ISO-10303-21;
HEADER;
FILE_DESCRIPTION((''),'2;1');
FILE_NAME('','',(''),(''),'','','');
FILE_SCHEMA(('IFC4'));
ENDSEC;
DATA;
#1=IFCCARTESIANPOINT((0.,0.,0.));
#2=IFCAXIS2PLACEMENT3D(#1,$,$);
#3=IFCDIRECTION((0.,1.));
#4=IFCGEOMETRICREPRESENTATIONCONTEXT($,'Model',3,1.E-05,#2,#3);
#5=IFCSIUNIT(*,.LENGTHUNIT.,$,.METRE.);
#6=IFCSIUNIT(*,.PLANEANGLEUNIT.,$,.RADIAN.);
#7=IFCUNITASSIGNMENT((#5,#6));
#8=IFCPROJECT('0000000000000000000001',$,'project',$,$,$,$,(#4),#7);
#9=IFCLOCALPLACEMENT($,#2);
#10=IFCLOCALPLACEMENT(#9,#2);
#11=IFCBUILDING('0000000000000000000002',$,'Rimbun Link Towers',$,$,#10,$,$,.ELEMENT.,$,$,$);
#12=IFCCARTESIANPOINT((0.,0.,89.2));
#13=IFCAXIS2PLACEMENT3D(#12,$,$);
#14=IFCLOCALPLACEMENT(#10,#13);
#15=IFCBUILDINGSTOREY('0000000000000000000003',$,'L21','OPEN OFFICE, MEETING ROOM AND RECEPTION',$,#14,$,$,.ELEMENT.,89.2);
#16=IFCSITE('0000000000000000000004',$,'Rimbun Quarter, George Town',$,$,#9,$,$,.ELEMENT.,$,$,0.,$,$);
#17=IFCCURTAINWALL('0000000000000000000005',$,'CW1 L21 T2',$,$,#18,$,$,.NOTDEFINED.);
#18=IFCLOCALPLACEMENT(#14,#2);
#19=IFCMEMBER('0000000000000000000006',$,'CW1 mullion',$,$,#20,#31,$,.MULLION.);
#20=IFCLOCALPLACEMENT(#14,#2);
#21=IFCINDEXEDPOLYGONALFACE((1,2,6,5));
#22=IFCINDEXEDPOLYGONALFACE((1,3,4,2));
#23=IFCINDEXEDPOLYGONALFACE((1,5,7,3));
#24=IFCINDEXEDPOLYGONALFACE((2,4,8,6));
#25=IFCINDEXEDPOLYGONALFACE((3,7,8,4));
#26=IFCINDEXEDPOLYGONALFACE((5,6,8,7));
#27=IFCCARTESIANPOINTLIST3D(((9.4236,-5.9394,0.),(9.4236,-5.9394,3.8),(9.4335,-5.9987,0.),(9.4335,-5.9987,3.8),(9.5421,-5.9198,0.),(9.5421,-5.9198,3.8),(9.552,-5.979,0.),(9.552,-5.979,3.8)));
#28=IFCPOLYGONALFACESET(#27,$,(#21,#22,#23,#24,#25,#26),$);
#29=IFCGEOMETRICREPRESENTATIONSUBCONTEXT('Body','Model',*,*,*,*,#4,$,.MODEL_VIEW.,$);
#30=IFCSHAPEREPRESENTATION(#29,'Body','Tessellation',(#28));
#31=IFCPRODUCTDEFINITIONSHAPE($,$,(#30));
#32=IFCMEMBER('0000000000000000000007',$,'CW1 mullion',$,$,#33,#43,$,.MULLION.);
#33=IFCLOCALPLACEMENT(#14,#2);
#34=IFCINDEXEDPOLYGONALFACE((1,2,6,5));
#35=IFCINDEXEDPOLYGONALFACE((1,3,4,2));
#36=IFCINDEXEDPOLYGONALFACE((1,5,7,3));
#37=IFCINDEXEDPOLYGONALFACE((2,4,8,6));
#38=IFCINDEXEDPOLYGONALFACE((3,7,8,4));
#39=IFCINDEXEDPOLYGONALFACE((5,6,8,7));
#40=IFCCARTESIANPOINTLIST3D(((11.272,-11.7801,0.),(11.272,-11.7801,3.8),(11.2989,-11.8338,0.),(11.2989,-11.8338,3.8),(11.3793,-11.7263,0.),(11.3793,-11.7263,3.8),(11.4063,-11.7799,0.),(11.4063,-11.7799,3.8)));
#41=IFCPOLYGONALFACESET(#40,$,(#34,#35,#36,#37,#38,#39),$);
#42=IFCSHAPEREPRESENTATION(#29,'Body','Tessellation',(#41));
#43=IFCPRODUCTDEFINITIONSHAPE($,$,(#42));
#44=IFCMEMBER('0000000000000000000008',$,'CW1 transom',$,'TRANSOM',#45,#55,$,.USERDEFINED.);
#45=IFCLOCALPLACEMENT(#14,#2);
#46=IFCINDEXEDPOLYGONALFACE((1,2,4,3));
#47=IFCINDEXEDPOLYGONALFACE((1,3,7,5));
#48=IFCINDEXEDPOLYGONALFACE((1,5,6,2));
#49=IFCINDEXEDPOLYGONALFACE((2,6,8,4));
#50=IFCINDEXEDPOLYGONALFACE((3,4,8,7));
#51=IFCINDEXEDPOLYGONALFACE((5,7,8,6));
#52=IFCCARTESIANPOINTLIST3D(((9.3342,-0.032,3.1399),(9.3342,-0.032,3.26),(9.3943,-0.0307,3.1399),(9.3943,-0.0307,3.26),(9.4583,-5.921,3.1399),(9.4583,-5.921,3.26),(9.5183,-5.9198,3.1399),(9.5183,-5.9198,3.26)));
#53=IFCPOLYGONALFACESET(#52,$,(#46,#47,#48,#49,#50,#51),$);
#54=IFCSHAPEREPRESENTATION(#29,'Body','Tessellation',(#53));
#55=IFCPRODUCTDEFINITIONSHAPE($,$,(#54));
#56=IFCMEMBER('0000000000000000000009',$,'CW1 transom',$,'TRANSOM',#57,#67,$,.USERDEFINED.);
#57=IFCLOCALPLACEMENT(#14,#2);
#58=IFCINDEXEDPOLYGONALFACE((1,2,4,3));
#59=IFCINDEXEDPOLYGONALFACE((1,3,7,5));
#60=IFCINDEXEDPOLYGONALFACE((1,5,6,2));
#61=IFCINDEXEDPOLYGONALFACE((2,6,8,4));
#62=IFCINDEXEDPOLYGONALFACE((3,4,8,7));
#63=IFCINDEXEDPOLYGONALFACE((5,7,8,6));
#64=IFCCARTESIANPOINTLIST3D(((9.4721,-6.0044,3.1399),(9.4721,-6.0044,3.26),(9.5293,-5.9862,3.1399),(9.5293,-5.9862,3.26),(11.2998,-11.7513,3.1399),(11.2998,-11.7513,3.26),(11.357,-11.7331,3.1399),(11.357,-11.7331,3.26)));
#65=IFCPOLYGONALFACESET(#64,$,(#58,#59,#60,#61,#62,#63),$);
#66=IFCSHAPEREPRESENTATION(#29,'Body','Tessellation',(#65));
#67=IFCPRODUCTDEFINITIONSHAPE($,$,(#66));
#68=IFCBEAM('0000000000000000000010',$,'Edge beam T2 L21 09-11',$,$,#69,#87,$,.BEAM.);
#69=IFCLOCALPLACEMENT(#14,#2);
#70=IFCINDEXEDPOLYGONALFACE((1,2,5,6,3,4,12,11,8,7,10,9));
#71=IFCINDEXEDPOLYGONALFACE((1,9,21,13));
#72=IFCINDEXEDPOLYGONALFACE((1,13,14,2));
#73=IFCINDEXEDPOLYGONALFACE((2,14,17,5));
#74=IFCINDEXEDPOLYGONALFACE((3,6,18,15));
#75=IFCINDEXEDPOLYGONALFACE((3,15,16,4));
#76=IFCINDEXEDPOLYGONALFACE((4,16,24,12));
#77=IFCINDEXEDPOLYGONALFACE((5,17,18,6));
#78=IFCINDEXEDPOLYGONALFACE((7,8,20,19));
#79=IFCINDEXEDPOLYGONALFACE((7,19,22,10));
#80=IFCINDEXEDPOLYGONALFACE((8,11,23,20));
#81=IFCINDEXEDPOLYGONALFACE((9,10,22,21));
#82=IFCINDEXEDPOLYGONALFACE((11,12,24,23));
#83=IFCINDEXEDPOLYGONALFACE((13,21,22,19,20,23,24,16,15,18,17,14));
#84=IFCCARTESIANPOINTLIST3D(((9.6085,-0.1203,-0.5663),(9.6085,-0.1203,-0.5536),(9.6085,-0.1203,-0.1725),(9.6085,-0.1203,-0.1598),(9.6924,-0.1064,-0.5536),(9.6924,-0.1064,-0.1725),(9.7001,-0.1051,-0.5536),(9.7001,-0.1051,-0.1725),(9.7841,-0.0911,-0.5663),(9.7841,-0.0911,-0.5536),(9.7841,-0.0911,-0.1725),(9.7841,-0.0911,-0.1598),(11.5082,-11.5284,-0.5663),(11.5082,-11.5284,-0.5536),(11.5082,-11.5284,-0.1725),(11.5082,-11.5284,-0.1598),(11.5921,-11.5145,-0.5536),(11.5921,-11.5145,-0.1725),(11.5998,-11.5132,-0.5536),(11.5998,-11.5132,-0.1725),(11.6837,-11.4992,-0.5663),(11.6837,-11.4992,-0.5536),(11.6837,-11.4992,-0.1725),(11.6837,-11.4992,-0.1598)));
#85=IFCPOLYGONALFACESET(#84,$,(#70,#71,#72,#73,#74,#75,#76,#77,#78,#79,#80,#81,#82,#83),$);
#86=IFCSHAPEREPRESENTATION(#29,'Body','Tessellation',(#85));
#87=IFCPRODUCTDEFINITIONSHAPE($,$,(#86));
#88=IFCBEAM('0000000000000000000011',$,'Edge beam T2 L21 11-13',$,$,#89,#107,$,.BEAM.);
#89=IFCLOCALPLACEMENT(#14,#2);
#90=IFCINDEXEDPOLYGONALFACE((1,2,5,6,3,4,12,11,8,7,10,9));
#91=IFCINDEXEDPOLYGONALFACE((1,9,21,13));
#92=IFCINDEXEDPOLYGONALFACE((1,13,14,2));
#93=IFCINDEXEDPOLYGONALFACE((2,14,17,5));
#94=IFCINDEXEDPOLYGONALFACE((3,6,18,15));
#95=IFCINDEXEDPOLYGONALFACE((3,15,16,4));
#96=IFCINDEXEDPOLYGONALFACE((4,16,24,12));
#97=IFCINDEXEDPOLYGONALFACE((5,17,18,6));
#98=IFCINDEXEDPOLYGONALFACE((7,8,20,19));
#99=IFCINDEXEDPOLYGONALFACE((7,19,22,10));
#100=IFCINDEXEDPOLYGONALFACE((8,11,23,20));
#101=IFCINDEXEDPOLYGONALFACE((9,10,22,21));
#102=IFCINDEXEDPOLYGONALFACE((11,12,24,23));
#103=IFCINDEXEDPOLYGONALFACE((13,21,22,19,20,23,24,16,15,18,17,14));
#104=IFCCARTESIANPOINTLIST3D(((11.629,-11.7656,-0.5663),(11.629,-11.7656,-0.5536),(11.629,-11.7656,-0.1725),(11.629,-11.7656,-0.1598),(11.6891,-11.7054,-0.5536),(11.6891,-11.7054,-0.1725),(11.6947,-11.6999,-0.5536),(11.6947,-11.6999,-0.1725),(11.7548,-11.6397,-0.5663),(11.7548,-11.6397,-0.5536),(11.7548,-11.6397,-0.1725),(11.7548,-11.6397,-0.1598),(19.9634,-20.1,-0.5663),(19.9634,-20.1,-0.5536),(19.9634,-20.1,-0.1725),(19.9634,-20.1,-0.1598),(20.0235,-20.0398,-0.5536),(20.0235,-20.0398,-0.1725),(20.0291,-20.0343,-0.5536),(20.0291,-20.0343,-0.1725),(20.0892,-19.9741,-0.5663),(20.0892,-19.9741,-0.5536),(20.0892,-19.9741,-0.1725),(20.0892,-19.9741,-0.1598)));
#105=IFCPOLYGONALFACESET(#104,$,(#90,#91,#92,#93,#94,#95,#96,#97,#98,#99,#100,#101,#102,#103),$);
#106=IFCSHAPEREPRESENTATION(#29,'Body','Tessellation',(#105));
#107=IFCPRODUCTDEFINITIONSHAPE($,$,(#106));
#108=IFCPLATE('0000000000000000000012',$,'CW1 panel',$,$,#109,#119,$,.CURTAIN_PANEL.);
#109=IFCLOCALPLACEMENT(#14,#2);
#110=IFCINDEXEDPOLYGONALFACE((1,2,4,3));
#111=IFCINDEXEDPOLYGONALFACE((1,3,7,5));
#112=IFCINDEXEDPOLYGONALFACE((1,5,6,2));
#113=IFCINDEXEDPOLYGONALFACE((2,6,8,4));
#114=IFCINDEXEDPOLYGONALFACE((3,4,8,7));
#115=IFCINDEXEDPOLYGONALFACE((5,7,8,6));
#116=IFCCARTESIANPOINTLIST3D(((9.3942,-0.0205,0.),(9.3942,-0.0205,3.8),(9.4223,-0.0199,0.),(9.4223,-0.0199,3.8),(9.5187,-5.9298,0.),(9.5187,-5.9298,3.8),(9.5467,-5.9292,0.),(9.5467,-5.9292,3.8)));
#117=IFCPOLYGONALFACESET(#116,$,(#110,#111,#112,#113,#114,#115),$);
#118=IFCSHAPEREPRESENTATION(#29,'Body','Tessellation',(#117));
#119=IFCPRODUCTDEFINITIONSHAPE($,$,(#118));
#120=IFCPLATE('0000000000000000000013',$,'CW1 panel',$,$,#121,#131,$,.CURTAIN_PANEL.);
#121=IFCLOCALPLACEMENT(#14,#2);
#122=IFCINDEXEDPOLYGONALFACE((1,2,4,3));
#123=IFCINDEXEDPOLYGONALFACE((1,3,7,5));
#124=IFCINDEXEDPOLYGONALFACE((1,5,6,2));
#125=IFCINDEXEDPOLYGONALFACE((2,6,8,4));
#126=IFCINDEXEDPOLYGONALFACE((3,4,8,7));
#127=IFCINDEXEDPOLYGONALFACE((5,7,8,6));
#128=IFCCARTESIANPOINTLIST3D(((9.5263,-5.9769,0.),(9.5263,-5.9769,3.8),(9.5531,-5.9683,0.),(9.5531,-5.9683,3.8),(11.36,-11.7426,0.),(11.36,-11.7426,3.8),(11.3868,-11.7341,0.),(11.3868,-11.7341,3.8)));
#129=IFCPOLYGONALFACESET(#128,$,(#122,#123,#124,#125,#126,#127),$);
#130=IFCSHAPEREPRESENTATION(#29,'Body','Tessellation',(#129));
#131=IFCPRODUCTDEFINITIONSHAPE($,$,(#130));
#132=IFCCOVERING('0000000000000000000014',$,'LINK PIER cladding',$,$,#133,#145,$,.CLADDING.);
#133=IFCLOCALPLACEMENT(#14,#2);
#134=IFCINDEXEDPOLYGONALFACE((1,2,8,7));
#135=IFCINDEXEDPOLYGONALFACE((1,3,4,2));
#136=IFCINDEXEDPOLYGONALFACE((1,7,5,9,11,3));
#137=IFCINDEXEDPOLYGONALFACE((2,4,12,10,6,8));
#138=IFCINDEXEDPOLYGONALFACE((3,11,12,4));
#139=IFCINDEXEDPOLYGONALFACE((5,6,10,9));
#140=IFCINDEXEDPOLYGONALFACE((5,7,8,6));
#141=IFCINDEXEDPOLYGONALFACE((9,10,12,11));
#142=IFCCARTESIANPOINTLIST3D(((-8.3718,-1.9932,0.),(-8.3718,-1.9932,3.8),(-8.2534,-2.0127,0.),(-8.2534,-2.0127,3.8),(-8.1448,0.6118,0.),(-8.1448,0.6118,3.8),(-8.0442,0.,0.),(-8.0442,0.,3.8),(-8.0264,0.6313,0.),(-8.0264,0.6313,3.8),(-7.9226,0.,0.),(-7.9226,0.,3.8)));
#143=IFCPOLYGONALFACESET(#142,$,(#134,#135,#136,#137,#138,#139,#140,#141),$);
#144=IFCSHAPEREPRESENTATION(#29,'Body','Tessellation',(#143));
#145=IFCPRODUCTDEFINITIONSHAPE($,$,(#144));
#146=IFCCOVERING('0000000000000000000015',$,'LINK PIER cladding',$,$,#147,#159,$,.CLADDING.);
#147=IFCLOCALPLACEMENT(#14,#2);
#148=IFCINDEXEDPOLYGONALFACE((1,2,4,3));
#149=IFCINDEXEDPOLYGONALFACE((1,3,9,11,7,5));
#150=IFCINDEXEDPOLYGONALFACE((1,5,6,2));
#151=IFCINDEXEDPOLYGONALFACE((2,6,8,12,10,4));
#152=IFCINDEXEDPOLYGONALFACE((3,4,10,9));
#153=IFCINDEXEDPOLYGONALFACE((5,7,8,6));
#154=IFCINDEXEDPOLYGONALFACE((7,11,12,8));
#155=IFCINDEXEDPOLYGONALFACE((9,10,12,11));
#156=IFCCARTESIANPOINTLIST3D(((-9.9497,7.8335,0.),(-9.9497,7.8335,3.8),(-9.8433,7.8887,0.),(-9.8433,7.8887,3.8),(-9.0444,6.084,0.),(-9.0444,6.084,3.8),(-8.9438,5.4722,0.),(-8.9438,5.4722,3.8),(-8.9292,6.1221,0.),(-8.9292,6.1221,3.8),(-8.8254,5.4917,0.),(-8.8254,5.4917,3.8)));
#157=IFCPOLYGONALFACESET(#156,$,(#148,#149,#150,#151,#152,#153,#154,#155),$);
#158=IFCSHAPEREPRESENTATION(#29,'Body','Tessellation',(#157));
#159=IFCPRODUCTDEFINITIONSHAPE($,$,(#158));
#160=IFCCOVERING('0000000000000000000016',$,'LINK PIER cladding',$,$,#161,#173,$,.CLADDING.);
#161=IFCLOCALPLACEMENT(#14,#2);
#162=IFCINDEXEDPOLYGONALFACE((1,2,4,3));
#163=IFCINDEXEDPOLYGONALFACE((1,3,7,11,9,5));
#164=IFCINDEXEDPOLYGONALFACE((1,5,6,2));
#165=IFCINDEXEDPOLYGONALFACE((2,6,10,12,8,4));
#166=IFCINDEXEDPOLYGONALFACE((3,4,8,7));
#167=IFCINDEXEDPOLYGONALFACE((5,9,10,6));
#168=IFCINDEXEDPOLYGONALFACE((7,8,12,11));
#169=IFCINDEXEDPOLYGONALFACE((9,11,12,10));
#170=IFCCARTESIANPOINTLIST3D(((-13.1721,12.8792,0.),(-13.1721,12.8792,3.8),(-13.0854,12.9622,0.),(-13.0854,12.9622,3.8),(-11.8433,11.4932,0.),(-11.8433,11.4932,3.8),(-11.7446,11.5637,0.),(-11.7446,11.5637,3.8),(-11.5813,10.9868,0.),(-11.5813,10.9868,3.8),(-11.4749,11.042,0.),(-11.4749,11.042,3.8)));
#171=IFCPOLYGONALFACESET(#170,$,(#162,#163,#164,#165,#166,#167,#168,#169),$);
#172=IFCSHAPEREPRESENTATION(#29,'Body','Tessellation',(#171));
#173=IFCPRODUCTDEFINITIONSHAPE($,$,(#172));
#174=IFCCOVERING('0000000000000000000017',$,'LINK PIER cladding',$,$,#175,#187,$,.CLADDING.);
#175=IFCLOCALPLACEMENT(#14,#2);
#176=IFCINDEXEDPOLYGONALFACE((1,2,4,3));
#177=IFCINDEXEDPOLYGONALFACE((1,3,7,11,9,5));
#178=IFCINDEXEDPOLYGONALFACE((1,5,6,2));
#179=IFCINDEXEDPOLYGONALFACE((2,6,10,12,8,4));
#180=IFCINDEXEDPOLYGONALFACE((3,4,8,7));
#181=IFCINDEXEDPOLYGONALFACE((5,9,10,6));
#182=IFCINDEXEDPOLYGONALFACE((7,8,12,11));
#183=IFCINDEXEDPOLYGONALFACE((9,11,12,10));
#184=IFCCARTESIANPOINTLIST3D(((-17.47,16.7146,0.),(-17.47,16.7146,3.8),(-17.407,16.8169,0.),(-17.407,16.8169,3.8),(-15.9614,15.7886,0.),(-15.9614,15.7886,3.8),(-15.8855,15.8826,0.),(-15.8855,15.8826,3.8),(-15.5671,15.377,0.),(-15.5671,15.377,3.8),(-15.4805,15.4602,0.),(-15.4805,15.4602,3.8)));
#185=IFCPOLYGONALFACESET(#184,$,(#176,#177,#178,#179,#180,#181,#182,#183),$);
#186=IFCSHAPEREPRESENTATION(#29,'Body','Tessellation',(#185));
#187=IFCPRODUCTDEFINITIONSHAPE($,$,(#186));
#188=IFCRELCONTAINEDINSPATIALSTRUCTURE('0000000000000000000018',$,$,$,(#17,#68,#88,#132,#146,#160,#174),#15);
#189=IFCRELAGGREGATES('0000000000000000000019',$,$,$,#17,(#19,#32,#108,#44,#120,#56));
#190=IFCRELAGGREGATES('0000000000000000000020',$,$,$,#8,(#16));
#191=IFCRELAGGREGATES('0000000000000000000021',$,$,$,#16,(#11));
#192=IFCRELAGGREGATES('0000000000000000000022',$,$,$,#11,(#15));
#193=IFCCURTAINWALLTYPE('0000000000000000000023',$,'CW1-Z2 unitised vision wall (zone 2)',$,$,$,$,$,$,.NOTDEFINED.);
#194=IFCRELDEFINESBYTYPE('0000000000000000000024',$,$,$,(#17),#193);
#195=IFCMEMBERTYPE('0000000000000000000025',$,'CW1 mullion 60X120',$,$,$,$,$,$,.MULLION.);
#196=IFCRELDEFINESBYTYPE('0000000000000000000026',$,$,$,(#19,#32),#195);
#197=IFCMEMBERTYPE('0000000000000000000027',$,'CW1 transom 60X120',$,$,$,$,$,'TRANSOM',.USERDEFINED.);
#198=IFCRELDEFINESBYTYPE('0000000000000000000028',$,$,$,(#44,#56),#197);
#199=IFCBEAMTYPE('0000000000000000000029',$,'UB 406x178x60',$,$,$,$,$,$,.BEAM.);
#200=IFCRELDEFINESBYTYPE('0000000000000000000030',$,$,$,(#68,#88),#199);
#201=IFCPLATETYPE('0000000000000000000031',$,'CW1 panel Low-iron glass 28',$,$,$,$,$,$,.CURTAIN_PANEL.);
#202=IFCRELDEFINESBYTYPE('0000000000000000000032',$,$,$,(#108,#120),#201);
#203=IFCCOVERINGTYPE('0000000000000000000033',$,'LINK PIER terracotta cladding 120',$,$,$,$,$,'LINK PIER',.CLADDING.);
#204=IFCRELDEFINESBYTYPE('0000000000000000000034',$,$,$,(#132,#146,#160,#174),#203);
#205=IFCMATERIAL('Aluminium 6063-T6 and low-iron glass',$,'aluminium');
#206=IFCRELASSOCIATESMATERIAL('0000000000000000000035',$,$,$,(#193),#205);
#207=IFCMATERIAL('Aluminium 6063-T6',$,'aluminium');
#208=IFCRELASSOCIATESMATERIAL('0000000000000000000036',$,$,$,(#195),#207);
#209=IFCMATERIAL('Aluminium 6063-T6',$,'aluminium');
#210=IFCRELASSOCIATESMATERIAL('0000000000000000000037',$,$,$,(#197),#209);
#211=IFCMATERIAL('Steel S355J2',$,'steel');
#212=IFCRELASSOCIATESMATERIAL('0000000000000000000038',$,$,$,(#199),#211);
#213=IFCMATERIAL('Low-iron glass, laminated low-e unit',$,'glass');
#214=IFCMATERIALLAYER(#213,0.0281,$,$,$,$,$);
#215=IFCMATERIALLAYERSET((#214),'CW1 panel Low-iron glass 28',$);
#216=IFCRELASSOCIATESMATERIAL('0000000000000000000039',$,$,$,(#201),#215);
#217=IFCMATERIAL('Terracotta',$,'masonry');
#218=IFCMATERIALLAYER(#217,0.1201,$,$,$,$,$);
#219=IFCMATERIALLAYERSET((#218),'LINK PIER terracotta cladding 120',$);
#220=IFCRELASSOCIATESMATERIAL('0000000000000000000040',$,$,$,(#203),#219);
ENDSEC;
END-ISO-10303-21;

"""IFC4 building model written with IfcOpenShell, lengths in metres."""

from ifc_helpers import new_model, si_unit, direction, frame, origin, origin_2d, place, context, subcontext, project, spatial, polyline, rectangle, i_section, outline, extrude, material, layer, layer_set, material_profile, profile_set, type_object, element, aggregate, save


model = new_model("IFC4")

# Units and contexts
model_context = context("Model", 3, precision=1e-05, world=origin(), true_north=direction((0.0, 1.0)))
body_context = subcontext(model_context, "Body", "Model", "MODEL_VIEW")
ifc_project = project(units=[si_unit("LENGTHUNIT", "METRE"), si_unit("PLANEANGLEUNIT", "RADIAN")], contexts=[model_context])

# Site, building, storey
site_placement = place(None, origin())
site = spatial("IfcSite", under=ifc_project, at=site_placement, Name="Rimbun Quarter, George Town", CompositionType="ELEMENT", RefElevation=0.0)
building_placement = place(site_placement, origin())
building = spatial("IfcBuilding", under=site, at=building_placement, Name="Rimbun Link Towers", CompositionType="ELEMENT")
storey_placement = place(building_placement, frame((0.0, 0.0, 89.2)))
storey = spatial("IfcBuildingStorey", under=building, at=storey_placement, Name="L21", Description="OPEN OFFICE, MEETING ROOM AND RECEPTION", CompositionType="ELEMENT", Elevation=89.2)

# Curtain wall, members
ifc_material_1 = material(Name="Aluminium 6063-T6 and low-iron glass", Category="aluminium")
curtain_wall_type = type_object("IfcCurtainWallType", Name="CW1-Z2 unitised vision wall (zone 2)", PredefinedType="NOTDEFINED", material=ifc_material_1)
curtain_wall_placement = place(storey_placement, origin())
curtain_wall = element("IfcCurtainWall", 1, at=curtain_wall_placement, inside=storey, type_object=curtain_wall_type, Name="CW1 L21 T2", PredefinedType="NOTDEFINED")
ifc_material_2 = material(Name="Aluminium 6063-T6", Category="aluminium")
ifc_material_profile_1 = material_profile(ifc_material_2, rectangle(XDim=0.1201, YDim=0.0601, at=origin_2d()), Name="MULLION 60X120")
ifc_profile_set_1 = profile_set([ifc_material_profile_1], Name="Aluminium 6063-T6")
member_type_1 = type_object("IfcMemberType", Name="CW1 mullion 60X120", PredefinedType="MULLION", material=ifc_profile_set_1)
member_1_placement = place(storey_placement, frame((9.4878, -5.9592, 0.0), z_axis=(0.0, 0.0, 1.0), x_axis=(-0.986503, -0.163745, 0.0)))
member_1 = element("IfcMember", 2, at=member_1_placement, type_object=member_type_1, Name="CW1 mullion", PredefinedType="MULLION", context=body_context, shape_type="SweptSolid", body=[
    extrude(rectangle(XDim=0.1201, YDim=0.0601, at=origin_2d()), origin(), (0.0, 0.0, 1.0), 3.8),
])
member_2_placement = place(storey_placement, frame((11.3391, -11.78, 0.0), z_axis=(0.0, 0.0, 1.0), x_axis=(-0.893747, -0.448572, 0.0)))
member_2 = element("IfcMember", 3, at=member_2_placement, type_object=member_type_1, Name="CW1 mullion", PredefinedType="MULLION", context=body_context, shape_type="SweptSolid", body=[
    extrude(rectangle(XDim=0.1201, YDim=0.0601, at=origin_2d()), origin(), (0.0, 0.0, 1.0), 3.8),
])
ifc_material_3 = material(Name="Aluminium 6063-T6", Category="aluminium")
ifc_material_profile_2 = material_profile(ifc_material_3, rectangle(XDim=0.0601, YDim=0.1201, at=origin_2d()), Name="TRANSOM 60X120")
ifc_profile_set_2 = profile_set([ifc_material_profile_2], Name="Aluminium 6063-T6")
member_type_2 = type_object("IfcMemberType", Name="CW1 transom 60X120", ElementType="TRANSOM", PredefinedType="USERDEFINED", material=ifc_profile_set_2)
member_3_placement = place(storey_placement, frame((9.4883, -5.9204, 3.2), z_axis=(-0.021055, 0.999778, 0.0), x_axis=(-0.999778, -0.021055, 0.0)))
member_3 = element("IfcMember", 4, at=member_3_placement, type_object=member_type_2, Name="CW1 transom", ObjectType="TRANSOM", PredefinedType="USERDEFINED", context=body_context, shape_type="SweptSolid", body=[
    extrude(rectangle(XDim=0.0601, YDim=0.1201, at=origin_2d()), origin(), (0.0, 0.0, 1.0), 5.8904),
])
member_4_placement = place(storey_placement, frame((11.3284, -11.7422, 3.2), z_axis=(-0.303068, 0.952969, 0.0), x_axis=(-0.952969, -0.303068, 0.0)))
member_4 = element("IfcMember", 5, at=member_4_placement, type_object=member_type_2, Name="CW1 transom", ObjectType="TRANSOM", PredefinedType="USERDEFINED", context=body_context, shape_type="SweptSolid", body=[
    extrude(rectangle(XDim=0.0601, YDim=0.1201, at=origin_2d()), origin(), (0.0, 0.0, 1.0), 6.0305),
])

# Beams
ifc_material_4 = material(Name="Steel S355J2", Category="steel")
ifc_material_profile_3 = material_profile(ifc_material_4, i_section(OverallWidth=0.178, OverallDepth=0.4065, WebThickness=0.0078, FlangeThickness=0.0127, at=origin_2d()), Name="UB 406x178x60")
ifc_profile_set_3 = profile_set([ifc_material_profile_3], Name="Steel S355J2")
beam_type = type_object("IfcBeamType", Name="UB 406x178x60", PredefinedType="BEAM", material=ifc_profile_set_3)
beam_1_placement = place(storey_placement, frame((9.6963, -0.1057, -0.363), z_axis=(0.164255, -0.986418, 0.0), x_axis=(0.986418, 0.164255, 0.0)))
element("IfcBeam", 6, at=beam_1_placement, inside=storey, type_object=beam_type, Name="Edge beam T2 L21 09-11", PredefinedType="BEAM", context=body_context, shape_type="SweptSolid", body=[
    extrude(i_section(OverallWidth=0.178, OverallDepth=0.4065, WebThickness=0.0078, FlangeThickness=0.0127, at=origin_2d()), origin(), (0.0, 0.0, 1.0), 11.5652),
])
beam_2_placement = place(storey_placement, frame((11.6919, -11.7026, -0.363), z_axis=(0.707107, -0.707107, 0.0), x_axis=(0.707107, 0.707107, 0.0)))
element("IfcBeam", 7, at=beam_2_placement, inside=storey, type_object=beam_type, Name="Edge beam T2 L21 11-13", PredefinedType="BEAM", context=body_context, shape_type="SweptSolid", body=[
    extrude(i_section(OverallWidth=0.178, OverallDepth=0.4065, WebThickness=0.0078, FlangeThickness=0.0127, at=origin_2d()), origin(), (0.0, 0.0, 1.0), 11.7866),
])

# Plates
ifc_material_5 = material(Name="Low-iron glass, laminated low-e unit", Category="glass")
ifc_layer_1 = layer(ifc_material_5, 0.0281)
ifc_layer_set_1 = layer_set([ifc_layer_1], Name="CW1 panel Low-iron glass 28")
plate_type = type_object("IfcPlateType", Name="CW1 panel Low-iron glass 28", PredefinedType="CURTAIN_PANEL", material=ifc_layer_set_1)
plate_1_placement = place(storey_placement, frame((9.4705, -2.9749, 0.0), z_axis=(0.0, 0.0, 1.0), x_axis=(-0.021057, 0.999778, 0.0)))
plate_1 = element("IfcPlate", 8, at=plate_1_placement, type_object=plate_type, Name="CW1 panel", PredefinedType="CURTAIN_PANEL", context=body_context, shape_type="SweptSolid", body=[
    extrude(rectangle(XDim=5.9106, YDim=0.0281, at=origin_2d()), origin(), (0.0, 0.0, 1.0), 3.8),
])
plate_2_placement = place(storey_placement, frame((10.4565, -8.8555, 0.0), z_axis=(0.0, 0.0, 1.0), x_axis=(-0.30307, 0.952968, 0.0)))
plate_2 = element("IfcPlate", 9, at=plate_2_placement, type_object=plate_type, Name="CW1 panel", PredefinedType="CURTAIN_PANEL", context=body_context, shape_type="SweptSolid", body=[
    extrude(rectangle(XDim=6.0503, YDim=0.0281, at=origin_2d()), origin(), (0.0, 0.0, 1.0), 3.8),
])
aggregate(curtain_wall, [member_1, member_2, plate_1, member_3, plate_2, member_4])

# Coverings
ifc_material_6 = material(Name="Terracotta", Category="masonry")
ifc_layer_2 = layer(ifc_material_6, 0.1201)
ifc_layer_set_2 = layer_set([ifc_layer_2], Name="LINK PIER terracotta cladding 120")
covering_type_1 = type_object("IfcCoveringType", Name="LINK PIER terracotta cladding 120", ElementType="LINK PIER", PredefinedType="CLADDING", material=ifc_layer_set_2)
covering_1_placement = place(storey_placement, origin())
element("IfcCovering", 10, at=covering_1_placement, inside=storey, type_object=covering_type_1, Name="LINK PIER cladding", PredefinedType="CLADDING", context=body_context, shape_type="SweptSolid", body=[
    extrude(outline(polyline([(-8.1448, 0.6118), (-8.0442, 0.0), (-8.3718, -1.9932), (-8.2534, -2.0127), (-7.9226, 0.0), (-8.0264, 0.6313), (-8.1448, 0.6118)])), origin(), (0.0, 0.0, 1.0), 3.8),
])
covering_2_placement = place(storey_placement, origin())
element("IfcCovering", 11, at=covering_2_placement, inside=storey, type_object=covering_type_1, Name="LINK PIER cladding", PredefinedType="CLADDING", context=body_context, shape_type="SweptSolid", body=[
    extrude(outline(polyline([(-9.9497, 7.8335), (-9.0444, 6.084), (-8.9438, 5.4722), (-8.8254, 5.4917), (-8.9292, 6.1221), (-9.8433, 7.8887), (-9.9497, 7.8335)])), origin(), (0.0, 0.0, 1.0), 3.8),
])
covering_3_placement = place(storey_placement, origin())
element("IfcCovering", 12, at=covering_3_placement, inside=storey, type_object=covering_type_1, Name="LINK PIER cladding", PredefinedType="CLADDING", context=body_context, shape_type="SweptSolid", body=[
    extrude(outline(polyline([(-13.1721, 12.8792), (-11.8433, 11.4932), (-11.5813, 10.9868), (-11.4749, 11.042), (-11.7446, 11.5637), (-13.0854, 12.9622), (-13.1721, 12.8792)])), origin(), (0.0, 0.0, 1.0), 3.8),
])
covering_4_placement = place(storey_placement, origin())
element("IfcCovering", 13, at=covering_4_placement, inside=storey, type_object=covering_type_1, Name="LINK PIER cladding", PredefinedType="CLADDING", context=body_context, shape_type="SweptSolid", body=[
    extrude(outline(polyline([(-17.47, 16.7146), (-15.9614, 15.7886), (-15.5671, 15.377), (-15.4805, 15.4602), (-15.8855, 15.8826), (-17.407, 16.8169), (-17.47, 16.7146)])), origin(), (0.0, 0.0, 1.0), 3.8),
])

save(model, "model.ifc")
